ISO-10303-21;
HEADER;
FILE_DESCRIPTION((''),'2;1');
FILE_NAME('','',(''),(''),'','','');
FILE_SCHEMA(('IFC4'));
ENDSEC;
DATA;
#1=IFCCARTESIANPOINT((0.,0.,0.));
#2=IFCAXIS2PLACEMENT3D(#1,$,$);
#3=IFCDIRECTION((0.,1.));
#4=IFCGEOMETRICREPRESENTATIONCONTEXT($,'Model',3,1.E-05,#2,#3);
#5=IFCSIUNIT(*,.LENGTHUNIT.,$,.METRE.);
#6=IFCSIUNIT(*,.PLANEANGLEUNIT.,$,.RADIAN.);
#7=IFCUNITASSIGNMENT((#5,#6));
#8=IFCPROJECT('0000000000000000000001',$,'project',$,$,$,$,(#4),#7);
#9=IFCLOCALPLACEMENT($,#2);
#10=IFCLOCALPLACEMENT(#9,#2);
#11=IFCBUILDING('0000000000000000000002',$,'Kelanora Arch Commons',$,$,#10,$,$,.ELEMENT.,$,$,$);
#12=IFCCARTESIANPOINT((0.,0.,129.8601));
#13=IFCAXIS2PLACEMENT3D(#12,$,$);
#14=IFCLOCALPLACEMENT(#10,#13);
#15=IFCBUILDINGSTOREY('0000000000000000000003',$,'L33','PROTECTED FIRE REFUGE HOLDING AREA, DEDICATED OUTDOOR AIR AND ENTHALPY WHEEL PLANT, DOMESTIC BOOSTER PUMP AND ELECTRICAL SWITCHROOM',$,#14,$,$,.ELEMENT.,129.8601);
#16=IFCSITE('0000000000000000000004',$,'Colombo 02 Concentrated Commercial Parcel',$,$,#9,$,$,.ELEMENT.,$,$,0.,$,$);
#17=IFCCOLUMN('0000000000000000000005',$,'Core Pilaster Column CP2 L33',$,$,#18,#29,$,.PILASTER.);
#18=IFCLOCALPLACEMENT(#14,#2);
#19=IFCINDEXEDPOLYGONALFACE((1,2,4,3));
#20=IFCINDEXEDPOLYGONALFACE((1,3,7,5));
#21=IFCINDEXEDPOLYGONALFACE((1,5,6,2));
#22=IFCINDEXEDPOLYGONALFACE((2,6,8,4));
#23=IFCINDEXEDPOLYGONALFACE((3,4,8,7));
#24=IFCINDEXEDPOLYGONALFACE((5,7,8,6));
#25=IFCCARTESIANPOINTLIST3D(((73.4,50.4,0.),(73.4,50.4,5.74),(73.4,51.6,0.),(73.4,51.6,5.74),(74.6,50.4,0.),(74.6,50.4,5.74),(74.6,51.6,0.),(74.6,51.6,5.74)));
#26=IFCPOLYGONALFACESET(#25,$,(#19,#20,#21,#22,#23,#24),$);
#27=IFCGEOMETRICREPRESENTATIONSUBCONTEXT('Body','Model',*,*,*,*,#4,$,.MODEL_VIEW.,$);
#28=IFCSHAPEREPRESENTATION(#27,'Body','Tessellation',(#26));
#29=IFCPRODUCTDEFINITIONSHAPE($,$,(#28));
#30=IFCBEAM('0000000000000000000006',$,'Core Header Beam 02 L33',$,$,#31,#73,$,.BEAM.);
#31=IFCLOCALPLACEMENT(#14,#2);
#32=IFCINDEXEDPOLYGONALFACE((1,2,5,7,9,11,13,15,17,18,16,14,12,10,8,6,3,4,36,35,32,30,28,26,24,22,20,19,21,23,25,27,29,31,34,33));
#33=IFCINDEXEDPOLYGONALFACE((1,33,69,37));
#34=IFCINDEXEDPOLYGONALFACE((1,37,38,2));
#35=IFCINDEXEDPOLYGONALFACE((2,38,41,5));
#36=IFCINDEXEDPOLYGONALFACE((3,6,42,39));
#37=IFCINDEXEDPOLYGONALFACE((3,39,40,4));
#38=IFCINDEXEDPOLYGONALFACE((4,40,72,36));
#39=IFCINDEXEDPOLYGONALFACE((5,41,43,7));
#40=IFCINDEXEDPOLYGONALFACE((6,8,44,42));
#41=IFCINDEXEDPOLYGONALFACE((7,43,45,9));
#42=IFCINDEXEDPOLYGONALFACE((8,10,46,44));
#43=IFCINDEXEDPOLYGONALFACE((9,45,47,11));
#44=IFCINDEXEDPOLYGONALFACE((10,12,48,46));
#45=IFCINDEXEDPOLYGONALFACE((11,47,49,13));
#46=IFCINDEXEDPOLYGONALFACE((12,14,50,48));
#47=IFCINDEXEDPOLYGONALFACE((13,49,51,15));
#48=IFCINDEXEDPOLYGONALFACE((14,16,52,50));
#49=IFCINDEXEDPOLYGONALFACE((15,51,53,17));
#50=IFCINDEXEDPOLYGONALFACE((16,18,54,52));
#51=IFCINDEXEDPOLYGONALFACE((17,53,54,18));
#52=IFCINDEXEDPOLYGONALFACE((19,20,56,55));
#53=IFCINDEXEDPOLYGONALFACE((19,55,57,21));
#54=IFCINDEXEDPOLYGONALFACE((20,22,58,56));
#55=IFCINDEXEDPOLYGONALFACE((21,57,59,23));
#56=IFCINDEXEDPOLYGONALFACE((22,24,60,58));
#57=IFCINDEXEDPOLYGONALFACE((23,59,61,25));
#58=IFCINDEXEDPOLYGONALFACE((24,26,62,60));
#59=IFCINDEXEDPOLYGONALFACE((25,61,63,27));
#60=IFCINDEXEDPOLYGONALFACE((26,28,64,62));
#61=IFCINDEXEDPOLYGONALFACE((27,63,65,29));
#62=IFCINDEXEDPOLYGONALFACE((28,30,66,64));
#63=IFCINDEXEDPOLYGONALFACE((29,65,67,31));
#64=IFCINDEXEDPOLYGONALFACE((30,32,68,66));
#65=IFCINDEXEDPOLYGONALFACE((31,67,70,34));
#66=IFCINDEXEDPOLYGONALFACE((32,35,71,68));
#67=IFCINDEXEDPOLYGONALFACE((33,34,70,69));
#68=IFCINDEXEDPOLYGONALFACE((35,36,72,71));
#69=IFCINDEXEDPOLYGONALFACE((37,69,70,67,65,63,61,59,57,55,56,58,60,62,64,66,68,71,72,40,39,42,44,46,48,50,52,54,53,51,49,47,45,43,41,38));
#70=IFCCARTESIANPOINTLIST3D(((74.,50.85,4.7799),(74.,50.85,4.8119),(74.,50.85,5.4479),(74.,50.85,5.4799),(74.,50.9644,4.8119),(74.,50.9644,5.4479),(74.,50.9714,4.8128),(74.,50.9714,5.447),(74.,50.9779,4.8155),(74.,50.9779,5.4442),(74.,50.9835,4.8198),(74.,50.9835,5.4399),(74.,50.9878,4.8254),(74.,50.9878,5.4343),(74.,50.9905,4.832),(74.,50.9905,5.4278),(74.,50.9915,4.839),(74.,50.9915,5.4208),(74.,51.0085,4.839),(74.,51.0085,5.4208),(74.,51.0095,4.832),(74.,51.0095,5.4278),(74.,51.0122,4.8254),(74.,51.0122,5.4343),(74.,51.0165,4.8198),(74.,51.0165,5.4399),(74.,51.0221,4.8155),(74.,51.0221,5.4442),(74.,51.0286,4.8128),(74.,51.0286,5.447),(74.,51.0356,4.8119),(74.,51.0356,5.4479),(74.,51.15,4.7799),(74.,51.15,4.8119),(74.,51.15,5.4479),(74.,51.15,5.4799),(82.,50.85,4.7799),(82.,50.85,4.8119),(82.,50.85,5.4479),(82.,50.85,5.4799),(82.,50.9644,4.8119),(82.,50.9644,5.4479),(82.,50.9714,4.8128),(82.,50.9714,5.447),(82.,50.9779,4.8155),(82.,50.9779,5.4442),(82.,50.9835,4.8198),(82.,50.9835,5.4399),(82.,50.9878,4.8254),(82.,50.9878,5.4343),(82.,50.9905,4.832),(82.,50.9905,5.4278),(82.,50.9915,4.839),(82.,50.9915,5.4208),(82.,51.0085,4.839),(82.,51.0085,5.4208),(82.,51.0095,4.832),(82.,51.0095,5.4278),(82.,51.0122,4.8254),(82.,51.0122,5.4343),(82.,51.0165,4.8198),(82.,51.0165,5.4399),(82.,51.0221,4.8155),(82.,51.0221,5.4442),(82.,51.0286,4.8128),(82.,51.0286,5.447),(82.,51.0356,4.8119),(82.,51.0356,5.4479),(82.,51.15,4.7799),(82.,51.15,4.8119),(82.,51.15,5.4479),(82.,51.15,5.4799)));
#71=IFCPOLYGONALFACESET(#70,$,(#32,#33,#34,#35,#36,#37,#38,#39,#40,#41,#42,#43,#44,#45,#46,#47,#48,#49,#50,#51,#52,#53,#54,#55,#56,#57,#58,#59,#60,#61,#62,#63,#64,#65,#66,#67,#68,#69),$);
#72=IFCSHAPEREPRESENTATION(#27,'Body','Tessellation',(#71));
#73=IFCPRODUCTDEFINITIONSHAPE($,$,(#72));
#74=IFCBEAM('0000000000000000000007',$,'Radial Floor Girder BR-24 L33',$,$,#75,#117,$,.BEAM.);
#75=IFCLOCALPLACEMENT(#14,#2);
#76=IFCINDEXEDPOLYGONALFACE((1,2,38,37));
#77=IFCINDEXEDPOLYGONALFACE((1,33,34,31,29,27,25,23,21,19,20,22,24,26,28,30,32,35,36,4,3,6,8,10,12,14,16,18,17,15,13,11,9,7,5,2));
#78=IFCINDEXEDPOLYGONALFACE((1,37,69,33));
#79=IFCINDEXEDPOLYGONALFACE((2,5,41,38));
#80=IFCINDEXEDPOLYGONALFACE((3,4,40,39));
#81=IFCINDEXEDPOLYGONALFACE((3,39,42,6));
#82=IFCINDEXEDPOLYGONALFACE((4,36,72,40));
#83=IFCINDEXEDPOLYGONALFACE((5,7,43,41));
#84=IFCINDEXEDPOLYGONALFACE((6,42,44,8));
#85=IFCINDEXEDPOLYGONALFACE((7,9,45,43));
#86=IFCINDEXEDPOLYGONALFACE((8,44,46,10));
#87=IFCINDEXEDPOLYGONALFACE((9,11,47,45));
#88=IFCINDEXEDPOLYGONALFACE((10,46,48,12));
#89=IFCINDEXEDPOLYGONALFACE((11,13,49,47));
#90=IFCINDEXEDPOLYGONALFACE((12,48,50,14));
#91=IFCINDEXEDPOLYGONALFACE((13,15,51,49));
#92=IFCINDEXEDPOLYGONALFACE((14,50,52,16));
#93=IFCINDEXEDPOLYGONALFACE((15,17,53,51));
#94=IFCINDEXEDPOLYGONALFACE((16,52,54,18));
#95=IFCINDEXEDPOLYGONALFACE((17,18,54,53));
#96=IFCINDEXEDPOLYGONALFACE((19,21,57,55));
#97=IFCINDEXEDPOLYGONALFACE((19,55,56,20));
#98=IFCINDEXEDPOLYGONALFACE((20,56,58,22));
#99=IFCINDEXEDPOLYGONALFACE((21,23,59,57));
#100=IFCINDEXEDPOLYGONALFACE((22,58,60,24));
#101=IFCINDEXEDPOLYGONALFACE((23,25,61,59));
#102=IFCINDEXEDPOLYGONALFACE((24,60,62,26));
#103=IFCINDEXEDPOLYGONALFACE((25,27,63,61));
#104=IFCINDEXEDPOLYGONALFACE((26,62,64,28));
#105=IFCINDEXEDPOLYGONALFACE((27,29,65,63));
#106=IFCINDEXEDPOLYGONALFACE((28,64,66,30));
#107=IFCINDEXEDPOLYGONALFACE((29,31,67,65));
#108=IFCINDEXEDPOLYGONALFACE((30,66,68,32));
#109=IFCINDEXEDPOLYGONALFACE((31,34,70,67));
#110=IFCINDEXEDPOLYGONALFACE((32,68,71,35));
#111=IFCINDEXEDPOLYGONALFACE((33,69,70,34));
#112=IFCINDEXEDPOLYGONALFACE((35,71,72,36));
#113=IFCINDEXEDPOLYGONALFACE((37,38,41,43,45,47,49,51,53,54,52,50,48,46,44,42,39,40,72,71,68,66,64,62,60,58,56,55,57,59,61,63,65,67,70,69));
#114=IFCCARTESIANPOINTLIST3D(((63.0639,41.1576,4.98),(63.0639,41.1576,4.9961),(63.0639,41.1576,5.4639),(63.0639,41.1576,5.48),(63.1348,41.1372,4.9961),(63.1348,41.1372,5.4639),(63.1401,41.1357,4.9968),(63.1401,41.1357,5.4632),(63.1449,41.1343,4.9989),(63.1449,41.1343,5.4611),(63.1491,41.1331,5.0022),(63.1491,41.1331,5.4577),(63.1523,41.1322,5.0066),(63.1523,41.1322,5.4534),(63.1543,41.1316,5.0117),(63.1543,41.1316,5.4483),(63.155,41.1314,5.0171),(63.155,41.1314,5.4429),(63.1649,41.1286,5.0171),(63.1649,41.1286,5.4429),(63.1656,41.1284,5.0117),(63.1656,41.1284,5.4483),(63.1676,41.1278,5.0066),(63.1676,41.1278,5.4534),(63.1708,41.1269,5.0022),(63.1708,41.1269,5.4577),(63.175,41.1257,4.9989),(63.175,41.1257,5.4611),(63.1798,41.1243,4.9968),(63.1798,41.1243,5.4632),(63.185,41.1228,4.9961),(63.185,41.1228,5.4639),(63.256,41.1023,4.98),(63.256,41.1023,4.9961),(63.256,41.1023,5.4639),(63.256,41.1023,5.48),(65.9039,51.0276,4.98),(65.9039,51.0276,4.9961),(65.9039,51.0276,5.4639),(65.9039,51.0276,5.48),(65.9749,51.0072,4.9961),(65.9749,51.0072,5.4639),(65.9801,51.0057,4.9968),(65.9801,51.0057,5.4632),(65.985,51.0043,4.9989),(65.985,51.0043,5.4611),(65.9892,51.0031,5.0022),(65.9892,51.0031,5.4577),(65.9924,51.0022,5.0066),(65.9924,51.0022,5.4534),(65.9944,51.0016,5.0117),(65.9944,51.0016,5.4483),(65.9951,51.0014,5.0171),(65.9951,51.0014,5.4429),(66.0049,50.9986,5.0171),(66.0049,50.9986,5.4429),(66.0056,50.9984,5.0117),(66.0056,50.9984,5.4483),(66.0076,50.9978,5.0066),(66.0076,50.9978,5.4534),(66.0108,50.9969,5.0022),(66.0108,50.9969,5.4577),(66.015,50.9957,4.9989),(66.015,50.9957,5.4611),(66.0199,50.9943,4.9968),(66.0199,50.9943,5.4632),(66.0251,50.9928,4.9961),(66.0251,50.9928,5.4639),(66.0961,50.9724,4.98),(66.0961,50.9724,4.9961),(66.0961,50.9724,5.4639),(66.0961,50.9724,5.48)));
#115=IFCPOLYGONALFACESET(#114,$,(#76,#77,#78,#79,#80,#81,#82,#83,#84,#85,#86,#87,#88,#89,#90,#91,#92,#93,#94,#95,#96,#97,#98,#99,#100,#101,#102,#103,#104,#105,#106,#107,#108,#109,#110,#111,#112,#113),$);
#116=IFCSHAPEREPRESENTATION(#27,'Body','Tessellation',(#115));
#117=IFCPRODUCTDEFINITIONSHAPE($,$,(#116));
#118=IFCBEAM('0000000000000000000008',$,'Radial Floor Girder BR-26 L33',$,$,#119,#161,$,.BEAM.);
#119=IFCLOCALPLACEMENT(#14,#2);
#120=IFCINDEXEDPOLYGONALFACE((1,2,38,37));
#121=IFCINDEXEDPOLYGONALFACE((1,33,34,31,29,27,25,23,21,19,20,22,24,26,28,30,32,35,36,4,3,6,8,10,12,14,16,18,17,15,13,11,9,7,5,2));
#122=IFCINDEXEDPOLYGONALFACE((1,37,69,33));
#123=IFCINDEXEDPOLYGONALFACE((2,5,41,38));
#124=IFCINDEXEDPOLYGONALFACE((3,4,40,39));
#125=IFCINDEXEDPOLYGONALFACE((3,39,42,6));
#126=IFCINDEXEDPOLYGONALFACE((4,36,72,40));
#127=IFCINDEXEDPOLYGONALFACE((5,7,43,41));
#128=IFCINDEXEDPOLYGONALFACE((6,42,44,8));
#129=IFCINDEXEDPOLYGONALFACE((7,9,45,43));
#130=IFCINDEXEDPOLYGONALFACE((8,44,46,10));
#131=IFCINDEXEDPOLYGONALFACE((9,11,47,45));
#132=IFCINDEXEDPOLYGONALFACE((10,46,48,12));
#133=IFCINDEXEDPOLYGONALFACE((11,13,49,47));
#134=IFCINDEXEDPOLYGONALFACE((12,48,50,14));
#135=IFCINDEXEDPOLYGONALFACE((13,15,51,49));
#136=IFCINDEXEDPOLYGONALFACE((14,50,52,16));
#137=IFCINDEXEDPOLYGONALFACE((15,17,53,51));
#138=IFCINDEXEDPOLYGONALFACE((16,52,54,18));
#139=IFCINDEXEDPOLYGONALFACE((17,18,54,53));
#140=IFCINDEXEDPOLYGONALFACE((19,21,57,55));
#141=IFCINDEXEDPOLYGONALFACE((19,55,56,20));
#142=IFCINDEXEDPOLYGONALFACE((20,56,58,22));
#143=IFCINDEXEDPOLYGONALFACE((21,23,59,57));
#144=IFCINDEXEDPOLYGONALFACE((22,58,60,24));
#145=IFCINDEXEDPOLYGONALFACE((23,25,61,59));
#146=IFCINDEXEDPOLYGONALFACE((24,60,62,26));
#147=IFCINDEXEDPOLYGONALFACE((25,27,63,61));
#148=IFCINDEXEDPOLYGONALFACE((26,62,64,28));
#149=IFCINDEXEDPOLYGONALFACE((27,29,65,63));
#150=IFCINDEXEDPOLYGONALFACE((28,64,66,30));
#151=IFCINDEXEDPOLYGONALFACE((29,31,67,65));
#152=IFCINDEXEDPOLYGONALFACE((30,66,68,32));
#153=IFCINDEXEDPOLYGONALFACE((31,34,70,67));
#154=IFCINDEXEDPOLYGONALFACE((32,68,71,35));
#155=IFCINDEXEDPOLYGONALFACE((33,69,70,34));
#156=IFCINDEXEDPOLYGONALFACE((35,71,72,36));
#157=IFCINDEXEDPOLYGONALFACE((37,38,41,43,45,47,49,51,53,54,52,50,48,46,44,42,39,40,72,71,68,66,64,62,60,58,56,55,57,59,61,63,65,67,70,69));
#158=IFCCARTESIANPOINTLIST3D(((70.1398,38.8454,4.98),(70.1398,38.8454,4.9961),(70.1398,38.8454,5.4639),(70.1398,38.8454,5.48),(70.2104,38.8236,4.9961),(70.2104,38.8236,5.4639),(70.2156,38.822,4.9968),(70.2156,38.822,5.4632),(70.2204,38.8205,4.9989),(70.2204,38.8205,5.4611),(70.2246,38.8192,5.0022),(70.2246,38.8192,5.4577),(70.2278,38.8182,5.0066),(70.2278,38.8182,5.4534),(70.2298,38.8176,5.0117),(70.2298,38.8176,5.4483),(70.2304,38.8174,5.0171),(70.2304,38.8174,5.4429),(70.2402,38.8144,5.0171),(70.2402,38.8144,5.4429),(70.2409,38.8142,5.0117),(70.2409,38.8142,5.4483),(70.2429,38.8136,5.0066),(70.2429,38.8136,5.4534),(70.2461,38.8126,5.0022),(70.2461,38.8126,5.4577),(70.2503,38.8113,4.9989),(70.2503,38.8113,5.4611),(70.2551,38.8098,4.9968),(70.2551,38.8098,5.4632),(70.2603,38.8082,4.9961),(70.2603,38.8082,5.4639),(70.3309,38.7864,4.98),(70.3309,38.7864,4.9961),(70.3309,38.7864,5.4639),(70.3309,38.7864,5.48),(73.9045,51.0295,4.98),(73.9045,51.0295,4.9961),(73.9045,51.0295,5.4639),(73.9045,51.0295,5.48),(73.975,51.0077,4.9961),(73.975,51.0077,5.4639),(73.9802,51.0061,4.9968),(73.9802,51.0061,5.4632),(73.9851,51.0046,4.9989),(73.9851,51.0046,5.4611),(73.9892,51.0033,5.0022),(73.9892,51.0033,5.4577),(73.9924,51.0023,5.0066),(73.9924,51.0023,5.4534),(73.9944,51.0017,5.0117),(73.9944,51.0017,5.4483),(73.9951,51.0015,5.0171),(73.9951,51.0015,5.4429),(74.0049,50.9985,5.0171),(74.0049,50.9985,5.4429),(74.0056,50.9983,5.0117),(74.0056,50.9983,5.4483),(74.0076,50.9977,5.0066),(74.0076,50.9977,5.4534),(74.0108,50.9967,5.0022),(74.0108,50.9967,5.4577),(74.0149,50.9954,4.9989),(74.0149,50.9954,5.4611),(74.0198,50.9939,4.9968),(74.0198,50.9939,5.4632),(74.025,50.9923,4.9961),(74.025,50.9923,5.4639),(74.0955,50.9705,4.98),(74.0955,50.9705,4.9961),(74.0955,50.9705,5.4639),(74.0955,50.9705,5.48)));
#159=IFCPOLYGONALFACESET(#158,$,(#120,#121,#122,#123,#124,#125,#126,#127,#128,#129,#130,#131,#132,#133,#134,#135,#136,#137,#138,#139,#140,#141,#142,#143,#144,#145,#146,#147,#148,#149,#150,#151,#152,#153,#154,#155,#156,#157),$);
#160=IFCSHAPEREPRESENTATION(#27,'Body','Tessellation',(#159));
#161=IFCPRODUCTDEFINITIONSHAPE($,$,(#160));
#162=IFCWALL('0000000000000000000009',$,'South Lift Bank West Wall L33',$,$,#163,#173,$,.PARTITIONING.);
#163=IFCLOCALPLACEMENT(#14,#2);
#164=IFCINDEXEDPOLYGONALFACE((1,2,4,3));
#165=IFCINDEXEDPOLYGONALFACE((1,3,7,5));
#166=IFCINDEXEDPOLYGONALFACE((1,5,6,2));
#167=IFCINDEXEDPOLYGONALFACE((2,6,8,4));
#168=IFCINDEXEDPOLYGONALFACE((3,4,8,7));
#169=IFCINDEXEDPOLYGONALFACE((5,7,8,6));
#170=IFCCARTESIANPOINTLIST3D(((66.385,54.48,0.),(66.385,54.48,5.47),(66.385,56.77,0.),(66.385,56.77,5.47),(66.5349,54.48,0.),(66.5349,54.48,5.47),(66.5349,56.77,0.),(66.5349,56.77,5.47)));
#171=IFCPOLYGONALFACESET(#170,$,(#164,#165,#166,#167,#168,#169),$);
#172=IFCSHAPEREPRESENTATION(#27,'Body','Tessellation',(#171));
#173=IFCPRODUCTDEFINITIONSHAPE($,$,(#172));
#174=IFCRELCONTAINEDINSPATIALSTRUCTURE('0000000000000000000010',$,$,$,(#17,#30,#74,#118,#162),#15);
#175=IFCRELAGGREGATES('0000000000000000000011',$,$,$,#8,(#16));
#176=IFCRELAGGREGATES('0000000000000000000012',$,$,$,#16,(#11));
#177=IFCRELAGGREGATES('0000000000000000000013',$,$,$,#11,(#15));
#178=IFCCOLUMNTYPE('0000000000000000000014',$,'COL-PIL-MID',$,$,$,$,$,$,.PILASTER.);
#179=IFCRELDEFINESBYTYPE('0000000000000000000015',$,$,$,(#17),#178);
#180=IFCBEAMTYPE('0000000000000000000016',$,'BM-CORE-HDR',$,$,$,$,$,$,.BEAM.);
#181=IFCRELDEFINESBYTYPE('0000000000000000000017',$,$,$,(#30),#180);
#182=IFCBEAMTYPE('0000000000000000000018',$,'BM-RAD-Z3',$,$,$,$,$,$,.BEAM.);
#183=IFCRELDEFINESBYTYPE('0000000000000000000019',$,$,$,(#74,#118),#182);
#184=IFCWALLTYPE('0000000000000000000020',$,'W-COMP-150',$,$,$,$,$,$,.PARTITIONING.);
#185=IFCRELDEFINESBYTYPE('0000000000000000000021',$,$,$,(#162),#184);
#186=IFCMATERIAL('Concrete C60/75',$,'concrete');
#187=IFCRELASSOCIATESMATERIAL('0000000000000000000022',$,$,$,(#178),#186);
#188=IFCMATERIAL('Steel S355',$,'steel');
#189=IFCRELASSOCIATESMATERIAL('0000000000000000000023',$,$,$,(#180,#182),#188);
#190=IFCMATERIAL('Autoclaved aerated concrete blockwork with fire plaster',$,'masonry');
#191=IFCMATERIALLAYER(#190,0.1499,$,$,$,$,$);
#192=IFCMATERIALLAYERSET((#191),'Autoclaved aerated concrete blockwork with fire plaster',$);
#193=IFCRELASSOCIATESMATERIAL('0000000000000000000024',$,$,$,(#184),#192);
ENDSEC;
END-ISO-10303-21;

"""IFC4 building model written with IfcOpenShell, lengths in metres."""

from ifc_helpers import new_model, si_unit, direction, frame, frame_2d, origin, origin_2d, place, context, subcontext, project, spatial, rectangle, i_section, extrude, material, layer, layer_set, material_profile, profile_set, type_object, element, save


model = new_model("IFC4")

# Units and contexts
model_context = context("Model", 3, precision=1e-05, world=origin(), true_north=direction((0.0, 1.0)))
body_context = subcontext(model_context, "Body", "Model", "MODEL_VIEW")
ifc_project = project(units=[si_unit("LENGTHUNIT", "METRE"), si_unit("PLANEANGLEUNIT", "RADIAN")], contexts=[model_context])

# Site, building, storey
site_placement = place(None, origin())
site = spatial("IfcSite", under=ifc_project, at=site_placement, Name="Colombo 02 Concentrated Commercial Parcel", CompositionType="ELEMENT", RefElevation=0.0)
building_placement = place(site_placement, origin())
building = spatial("IfcBuilding", under=site, at=building_placement, Name="Kelanora Arch Commons", CompositionType="ELEMENT")
storey_placement = place(building_placement, frame((0.0, 0.0, 129.8601)))
storey = spatial("IfcBuildingStorey", under=building, at=storey_placement, Name="L33", Description="PROTECTED FIRE REFUGE HOLDING AREA, DEDICATED OUTDOOR AIR AND ENTHALPY WHEEL PLANT, DOMESTIC BOOSTER PUMP AND ELECTRICAL SWITCHROOM", CompositionType="ELEMENT", Elevation=129.8601)

# Column
ifc_material_1 = material(Name="Concrete C60/75", Category="concrete")
ifc_material_profile_1 = material_profile(ifc_material_1, rectangle(XDim=1.2, YDim=1.2, at=origin_2d()), Name="RC1200x1200")
ifc_profile_set_1 = profile_set([ifc_material_profile_1], Name="Concrete C60/75")
column_type = type_object("IfcColumnType", Name="COL-PIL-MID", PredefinedType="PILASTER", material=ifc_profile_set_1)
column_placement = place(storey_placement, frame((74.0, 51.0, 0.0), z_axis=(0.0, 0.0, 1.0), x_axis=(1.0, 0.0, 0.0)))
element("IfcColumn", 1, at=column_placement, inside=storey, type_object=column_type, Name="Core Pilaster Column CP2 L33", PredefinedType="PILASTER", context=body_context, shape_type="SweptSolid", body=[
    extrude(rectangle(XDim=1.2, YDim=1.2, at=origin_2d()), origin(), (0.0, 0.0, 1.0), 5.74),
])

# Beams
ifc_material_2 = material(Name="Steel S355", Category="steel")
ifc_material_profile_2 = material_profile(ifc_material_2, i_section(OverallWidth=0.3, OverallDepth=0.7, WebThickness=0.0171, FlangeThickness=0.032, FilletRadius=0.0271, at=origin_2d()), Name="HEB700")
ifc_profile_set_2 = profile_set([ifc_material_profile_2], Name="Steel S355")
beam_type_1 = type_object("IfcBeamType", Name="BM-CORE-HDR", PredefinedType="BEAM", material=ifc_profile_set_2)
beam_1_placement = place(storey_placement, frame((74.0, 51.0, 5.1299), z_axis=(1.0, 0.0, 0.0), x_axis=(0.0, 1.0, 0.0)))
element("IfcBeam", 2, at=beam_1_placement, inside=storey, type_object=beam_type_1, Name="Core Header Beam 02 L33", PredefinedType="BEAM", context=body_context, shape_type="SweptSolid", body=[
    extrude(i_section(OverallWidth=0.3, OverallDepth=0.7, WebThickness=0.0171, FlangeThickness=0.032, FilletRadius=0.0271, at=origin_2d()), origin(), (0.0, 0.0, 1.0), 8.0),
])
ifc_material_profile_3 = material_profile(ifc_material_2, i_section(OverallWidth=0.2, OverallDepth=0.5, WebThickness=0.0103, FlangeThickness=0.0161, FilletRadius=0.021, at=origin_2d()), Name="IPE500")
ifc_profile_set_3 = profile_set([ifc_material_profile_3], Name="Steel S355")
beam_type_2 = type_object("IfcBeamType", Name="BM-RAD-Z3", PredefinedType="BEAM", material=ifc_profile_set_3)
beam_2_placement = place(storey_placement, frame((66.0, 51.0, 5.23), z_axis=(-0.276526, -0.961006, 0.0), x_axis=(0.961006, -0.276526, 0.0)))
element("IfcBeam", 3, at=beam_2_placement, inside=storey, type_object=beam_type_2, Name="Radial Floor Girder BR-24 L33", PredefinedType="BEAM", context=body_context, shape_type="SweptSolid", body=[
    extrude(i_section(OverallWidth=0.2, OverallDepth=0.5, WebThickness=0.0103, FlangeThickness=0.0161, FilletRadius=0.021, at=origin_2d()), origin(), (0.0, 0.0, 1.0), 10.2705),
])
beam_3_placement = place(storey_placement, frame((74.0, 51.0, 5.23), z_axis=(-0.29521, -0.955432, 0.0), x_axis=(0.955432, -0.29521, 0.0)))
element("IfcBeam", 4, at=beam_3_placement, inside=storey, type_object=beam_type_2, Name="Radial Floor Girder BR-26 L33", PredefinedType="BEAM", context=body_context, shape_type="SweptSolid", body=[
    extrude(i_section(OverallWidth=0.2, OverallDepth=0.5, WebThickness=0.0103, FlangeThickness=0.0161, FilletRadius=0.021, at=origin_2d()), origin(), (0.0, 0.0, 1.0), 12.7524),
])

# Wall
ifc_material_3 = material(Name="Autoclaved aerated concrete blockwork with fire plaster", Category="masonry")
ifc_layer_1 = layer(ifc_material_3, 0.1499)
ifc_layer_set_1 = layer_set([ifc_layer_1], Name="Autoclaved aerated concrete blockwork with fire plaster")
wall_type_1 = type_object("IfcWallType", Name="W-COMP-150", PredefinedType="PARTITIONING", material=ifc_layer_set_1)
wall_1_placement = place(storey_placement, frame((66.46, 54.48, 0.0), z_axis=(0.0, 0.0, 1.0), x_axis=(0.0, 1.0, 0.0)))
element("IfcWall", 5, at=wall_1_placement, inside=storey, type_object=wall_type_1, Name="South Lift Bank West Wall L33", PredefinedType="PARTITIONING", context=body_context, shape_type="SweptSolid", body=[
    extrude(rectangle(XDim=2.29, YDim=0.1499, at=frame_2d((1.145, 0.0))), origin(), (0.0, 0.0, 1.0), 5.47),
])

save(model, "model.ifc")
